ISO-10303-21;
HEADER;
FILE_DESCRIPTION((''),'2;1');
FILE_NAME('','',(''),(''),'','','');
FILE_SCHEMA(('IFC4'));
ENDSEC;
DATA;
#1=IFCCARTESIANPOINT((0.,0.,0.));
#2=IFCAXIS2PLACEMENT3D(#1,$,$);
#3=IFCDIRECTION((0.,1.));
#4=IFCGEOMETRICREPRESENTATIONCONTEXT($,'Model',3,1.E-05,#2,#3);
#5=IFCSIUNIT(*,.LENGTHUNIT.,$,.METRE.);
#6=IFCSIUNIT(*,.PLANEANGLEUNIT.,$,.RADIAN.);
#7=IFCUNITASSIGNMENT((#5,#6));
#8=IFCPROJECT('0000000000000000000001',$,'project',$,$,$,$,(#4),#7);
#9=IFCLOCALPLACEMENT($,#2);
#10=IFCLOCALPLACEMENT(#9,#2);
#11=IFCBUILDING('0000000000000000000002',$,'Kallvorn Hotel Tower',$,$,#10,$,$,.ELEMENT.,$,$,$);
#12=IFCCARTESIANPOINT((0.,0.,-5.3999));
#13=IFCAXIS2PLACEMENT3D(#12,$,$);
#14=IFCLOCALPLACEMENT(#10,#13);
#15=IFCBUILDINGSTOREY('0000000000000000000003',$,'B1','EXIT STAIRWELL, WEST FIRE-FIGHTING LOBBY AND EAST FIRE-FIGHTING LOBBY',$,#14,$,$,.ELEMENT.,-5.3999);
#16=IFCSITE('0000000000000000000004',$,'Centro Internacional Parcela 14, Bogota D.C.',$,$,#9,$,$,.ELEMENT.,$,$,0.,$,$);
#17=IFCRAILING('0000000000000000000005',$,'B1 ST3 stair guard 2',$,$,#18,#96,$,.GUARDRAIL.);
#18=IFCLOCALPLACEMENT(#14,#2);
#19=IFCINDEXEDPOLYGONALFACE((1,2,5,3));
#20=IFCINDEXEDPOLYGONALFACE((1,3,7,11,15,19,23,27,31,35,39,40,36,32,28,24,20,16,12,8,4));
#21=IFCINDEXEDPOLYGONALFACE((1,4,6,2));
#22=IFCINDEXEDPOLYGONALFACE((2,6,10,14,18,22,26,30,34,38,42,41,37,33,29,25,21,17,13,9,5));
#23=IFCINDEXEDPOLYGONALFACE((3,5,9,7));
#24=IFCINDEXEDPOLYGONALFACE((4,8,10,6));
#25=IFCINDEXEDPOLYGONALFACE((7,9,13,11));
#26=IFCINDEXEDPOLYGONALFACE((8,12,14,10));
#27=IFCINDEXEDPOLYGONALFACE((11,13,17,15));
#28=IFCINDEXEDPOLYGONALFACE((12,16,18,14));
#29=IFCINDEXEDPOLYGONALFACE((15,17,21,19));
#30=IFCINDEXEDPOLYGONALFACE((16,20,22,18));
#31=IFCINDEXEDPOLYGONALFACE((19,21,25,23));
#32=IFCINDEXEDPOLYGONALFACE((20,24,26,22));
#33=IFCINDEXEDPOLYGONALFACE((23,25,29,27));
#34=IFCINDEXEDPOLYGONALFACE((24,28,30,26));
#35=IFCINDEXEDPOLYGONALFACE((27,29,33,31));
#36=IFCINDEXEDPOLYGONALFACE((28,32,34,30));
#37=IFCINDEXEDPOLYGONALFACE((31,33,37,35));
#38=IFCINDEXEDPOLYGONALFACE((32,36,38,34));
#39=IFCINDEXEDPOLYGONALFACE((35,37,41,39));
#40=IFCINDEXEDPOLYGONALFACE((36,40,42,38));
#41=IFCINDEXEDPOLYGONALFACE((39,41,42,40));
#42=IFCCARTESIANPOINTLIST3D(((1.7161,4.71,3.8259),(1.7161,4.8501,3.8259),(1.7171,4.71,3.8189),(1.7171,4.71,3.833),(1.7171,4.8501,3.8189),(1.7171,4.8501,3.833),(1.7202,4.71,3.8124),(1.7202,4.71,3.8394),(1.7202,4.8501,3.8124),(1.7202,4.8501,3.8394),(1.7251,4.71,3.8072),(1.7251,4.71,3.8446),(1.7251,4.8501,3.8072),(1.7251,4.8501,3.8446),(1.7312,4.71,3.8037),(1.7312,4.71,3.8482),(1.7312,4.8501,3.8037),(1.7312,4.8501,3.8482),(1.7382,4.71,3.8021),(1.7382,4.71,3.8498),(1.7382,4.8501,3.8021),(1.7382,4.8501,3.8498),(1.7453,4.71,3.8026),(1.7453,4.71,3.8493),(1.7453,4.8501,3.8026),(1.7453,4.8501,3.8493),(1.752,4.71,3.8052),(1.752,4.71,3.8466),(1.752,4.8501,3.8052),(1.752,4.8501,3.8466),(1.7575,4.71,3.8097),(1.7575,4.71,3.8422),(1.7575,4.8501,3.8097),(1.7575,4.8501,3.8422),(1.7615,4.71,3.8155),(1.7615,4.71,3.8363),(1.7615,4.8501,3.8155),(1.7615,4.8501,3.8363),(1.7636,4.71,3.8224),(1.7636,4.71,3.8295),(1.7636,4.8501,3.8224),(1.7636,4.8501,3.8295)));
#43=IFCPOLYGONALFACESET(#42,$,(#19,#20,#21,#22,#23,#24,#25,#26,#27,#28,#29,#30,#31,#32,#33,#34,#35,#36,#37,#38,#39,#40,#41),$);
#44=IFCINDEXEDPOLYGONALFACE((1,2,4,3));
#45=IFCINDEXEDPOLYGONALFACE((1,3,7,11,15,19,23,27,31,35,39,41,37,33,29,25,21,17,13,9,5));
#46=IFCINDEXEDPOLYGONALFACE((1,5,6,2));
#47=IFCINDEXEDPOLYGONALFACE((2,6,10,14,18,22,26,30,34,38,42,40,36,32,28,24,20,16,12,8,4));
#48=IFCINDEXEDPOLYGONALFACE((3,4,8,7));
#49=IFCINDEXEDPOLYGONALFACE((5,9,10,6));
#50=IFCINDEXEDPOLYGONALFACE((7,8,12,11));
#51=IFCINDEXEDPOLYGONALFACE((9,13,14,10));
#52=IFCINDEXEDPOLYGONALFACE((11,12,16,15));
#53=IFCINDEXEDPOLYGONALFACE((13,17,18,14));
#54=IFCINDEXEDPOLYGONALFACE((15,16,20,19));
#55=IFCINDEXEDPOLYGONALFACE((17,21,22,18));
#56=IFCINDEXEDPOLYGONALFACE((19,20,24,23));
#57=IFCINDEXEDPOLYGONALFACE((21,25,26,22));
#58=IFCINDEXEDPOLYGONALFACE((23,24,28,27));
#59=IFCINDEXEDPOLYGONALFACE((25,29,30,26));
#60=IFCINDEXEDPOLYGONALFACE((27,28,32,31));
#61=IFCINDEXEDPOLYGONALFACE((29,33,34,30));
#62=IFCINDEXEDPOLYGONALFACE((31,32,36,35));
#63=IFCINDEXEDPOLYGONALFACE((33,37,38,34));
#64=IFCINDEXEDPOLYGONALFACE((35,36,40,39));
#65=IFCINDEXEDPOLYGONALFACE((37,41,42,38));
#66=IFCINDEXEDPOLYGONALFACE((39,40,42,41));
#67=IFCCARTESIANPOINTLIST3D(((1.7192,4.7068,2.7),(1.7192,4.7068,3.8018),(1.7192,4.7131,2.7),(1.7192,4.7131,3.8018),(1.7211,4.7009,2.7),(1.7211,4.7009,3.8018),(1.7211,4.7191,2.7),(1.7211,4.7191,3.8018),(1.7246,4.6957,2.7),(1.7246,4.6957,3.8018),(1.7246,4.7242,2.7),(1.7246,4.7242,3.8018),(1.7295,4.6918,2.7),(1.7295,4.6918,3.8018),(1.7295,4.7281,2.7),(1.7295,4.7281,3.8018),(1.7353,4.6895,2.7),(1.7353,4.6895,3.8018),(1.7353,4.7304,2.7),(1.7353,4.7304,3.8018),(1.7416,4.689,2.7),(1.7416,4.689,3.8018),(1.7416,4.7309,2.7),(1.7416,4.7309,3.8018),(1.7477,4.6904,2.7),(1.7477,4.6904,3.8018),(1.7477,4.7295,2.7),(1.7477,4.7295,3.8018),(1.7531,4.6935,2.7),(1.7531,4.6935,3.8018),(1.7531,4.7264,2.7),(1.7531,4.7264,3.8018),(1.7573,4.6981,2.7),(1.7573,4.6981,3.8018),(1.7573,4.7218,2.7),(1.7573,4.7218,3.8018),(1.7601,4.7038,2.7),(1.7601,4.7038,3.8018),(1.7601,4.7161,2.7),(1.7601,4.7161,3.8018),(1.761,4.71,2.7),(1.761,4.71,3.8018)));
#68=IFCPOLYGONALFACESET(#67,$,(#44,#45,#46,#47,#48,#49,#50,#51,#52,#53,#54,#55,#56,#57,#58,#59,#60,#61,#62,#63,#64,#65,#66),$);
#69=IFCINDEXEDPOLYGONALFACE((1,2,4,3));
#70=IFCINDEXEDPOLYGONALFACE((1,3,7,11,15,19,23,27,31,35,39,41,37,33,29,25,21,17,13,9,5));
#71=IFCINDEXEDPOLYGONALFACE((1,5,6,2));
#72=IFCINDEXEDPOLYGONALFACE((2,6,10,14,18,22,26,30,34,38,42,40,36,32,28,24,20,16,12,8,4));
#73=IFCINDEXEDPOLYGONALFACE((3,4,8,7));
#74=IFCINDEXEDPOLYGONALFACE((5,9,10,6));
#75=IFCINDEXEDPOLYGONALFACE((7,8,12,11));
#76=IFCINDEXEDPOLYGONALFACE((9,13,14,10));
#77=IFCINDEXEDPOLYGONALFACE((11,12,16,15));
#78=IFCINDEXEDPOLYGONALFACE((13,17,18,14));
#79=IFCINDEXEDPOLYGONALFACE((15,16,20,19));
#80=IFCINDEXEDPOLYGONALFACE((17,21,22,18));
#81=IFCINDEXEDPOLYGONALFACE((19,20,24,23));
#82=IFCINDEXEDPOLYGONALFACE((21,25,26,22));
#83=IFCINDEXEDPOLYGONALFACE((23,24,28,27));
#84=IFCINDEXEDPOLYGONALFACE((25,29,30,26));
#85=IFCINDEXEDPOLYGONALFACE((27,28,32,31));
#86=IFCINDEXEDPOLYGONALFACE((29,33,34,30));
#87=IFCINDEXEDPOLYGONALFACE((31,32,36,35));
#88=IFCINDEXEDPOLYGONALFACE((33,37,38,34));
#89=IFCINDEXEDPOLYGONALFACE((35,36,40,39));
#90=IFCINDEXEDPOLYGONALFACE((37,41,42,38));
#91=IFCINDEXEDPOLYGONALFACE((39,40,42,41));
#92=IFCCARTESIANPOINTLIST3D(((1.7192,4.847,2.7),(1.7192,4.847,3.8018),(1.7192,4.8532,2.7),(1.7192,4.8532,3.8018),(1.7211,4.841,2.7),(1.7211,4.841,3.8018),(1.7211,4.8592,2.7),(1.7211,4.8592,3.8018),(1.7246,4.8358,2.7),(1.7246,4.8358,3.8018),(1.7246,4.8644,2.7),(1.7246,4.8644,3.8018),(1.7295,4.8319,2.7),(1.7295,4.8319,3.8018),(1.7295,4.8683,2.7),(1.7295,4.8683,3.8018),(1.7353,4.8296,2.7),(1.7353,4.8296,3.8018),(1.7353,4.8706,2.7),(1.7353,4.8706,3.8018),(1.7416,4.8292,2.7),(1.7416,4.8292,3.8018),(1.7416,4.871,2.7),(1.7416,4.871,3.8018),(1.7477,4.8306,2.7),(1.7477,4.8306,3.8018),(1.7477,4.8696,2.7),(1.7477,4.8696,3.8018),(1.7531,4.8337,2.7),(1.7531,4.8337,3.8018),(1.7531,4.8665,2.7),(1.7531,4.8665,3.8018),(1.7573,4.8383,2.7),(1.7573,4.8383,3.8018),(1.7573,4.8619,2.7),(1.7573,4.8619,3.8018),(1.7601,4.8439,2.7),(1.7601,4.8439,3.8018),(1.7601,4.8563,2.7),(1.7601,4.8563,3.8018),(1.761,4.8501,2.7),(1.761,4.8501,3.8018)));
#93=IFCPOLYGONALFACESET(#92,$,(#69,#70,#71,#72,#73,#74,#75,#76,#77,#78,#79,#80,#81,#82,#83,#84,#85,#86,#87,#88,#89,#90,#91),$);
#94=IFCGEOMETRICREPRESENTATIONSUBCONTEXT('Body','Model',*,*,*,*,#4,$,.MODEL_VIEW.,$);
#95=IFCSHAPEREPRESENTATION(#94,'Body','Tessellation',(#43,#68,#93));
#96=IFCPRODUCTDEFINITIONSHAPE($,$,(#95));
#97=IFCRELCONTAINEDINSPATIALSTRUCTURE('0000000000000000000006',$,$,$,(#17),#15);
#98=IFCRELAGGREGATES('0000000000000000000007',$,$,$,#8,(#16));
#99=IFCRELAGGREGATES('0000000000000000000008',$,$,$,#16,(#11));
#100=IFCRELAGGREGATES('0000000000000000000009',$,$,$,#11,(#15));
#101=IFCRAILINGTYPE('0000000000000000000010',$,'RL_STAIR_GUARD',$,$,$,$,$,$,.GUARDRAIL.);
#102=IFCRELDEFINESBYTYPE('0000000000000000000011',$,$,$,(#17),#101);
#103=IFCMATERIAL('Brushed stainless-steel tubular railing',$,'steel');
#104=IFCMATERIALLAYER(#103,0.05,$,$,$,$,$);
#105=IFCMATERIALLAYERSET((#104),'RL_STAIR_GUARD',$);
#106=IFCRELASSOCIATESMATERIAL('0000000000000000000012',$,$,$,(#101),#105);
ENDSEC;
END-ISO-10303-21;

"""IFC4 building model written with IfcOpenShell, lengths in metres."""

from ifc_helpers import new_model, si_unit, direction, frame, origin, origin_2d, place, context, subcontext, project, spatial, circle, extrude, material, layer, layer_set, type_object, element, save


model = new_model("IFC4")

# Units and contexts
model_context = context("Model", 3, precision=1e-05, world=origin(), true_north=direction((0.0, 1.0)))
body_context = subcontext(model_context, "Body", "Model", "MODEL_VIEW")
ifc_project = project(units=[si_unit("LENGTHUNIT", "METRE"), si_unit("PLANEANGLEUNIT", "RADIAN")], contexts=[model_context])

# Site, building, storey
site_placement = place(None, origin())
site = spatial("IfcSite", under=ifc_project, at=site_placement, Name="Centro Internacional Parcela 14, Bogota D.C.", CompositionType="ELEMENT", RefElevation=0.0)
building_placement = place(site_placement, origin())
building = spatial("IfcBuilding", under=site, at=building_placement, Name="Kallvorn Hotel Tower", CompositionType="ELEMENT")
storey_placement = place(building_placement, frame((0.0, 0.0, -5.3999)))
storey = spatial("IfcBuildingStorey", under=building, at=storey_placement, Name="B1", Description="EXIT STAIRWELL, WEST FIRE-FIGHTING LOBBY AND EAST FIRE-FIGHTING LOBBY", CompositionType="ELEMENT", Elevation=-5.3999)

# Railing
ifc_material_1 = material(Name="Brushed stainless-steel tubular railing", Category="steel")
ifc_layer_1 = layer(ifc_material_1, 0.05)
ifc_layer_set_1 = layer_set([ifc_layer_1], Name="RL_STAIR_GUARD")
railing_type_1 = type_object("IfcRailingType", Name="RL_STAIR_GUARD", PredefinedType="GUARDRAIL", material=ifc_layer_set_1)
railing_1_placement = place(storey_placement, frame((1.74, 4.71, 2.7)))
element("IfcRailing", 1, at=railing_1_placement, inside=storey, type_object=railing_type_1, Name="B1 ST3 stair guard 2", PredefinedType="GUARDRAIL", context=body_context, shape_type="SweptSolid", body=[
    extrude(circle(Radius=0.0239, at=origin_2d()), frame((0.0, 0.0, 1.126), z_axis=(0.0, 1.0, 0.0), x_axis=(-1.0, 0.0, 0.0)), (0.0, 0.0, 1.0), 0.1401),
    extrude(circle(Radius=0.021, at=origin_2d()), origin(), (0.0, 0.0, 1.0), 1.1018),
    extrude(circle(Radius=0.021, at=origin_2d()), frame((0.0, 0.1401, 0.0)), (0.0, 0.0, 1.0), 1.1018),
])

save(model, "model.ifc")
